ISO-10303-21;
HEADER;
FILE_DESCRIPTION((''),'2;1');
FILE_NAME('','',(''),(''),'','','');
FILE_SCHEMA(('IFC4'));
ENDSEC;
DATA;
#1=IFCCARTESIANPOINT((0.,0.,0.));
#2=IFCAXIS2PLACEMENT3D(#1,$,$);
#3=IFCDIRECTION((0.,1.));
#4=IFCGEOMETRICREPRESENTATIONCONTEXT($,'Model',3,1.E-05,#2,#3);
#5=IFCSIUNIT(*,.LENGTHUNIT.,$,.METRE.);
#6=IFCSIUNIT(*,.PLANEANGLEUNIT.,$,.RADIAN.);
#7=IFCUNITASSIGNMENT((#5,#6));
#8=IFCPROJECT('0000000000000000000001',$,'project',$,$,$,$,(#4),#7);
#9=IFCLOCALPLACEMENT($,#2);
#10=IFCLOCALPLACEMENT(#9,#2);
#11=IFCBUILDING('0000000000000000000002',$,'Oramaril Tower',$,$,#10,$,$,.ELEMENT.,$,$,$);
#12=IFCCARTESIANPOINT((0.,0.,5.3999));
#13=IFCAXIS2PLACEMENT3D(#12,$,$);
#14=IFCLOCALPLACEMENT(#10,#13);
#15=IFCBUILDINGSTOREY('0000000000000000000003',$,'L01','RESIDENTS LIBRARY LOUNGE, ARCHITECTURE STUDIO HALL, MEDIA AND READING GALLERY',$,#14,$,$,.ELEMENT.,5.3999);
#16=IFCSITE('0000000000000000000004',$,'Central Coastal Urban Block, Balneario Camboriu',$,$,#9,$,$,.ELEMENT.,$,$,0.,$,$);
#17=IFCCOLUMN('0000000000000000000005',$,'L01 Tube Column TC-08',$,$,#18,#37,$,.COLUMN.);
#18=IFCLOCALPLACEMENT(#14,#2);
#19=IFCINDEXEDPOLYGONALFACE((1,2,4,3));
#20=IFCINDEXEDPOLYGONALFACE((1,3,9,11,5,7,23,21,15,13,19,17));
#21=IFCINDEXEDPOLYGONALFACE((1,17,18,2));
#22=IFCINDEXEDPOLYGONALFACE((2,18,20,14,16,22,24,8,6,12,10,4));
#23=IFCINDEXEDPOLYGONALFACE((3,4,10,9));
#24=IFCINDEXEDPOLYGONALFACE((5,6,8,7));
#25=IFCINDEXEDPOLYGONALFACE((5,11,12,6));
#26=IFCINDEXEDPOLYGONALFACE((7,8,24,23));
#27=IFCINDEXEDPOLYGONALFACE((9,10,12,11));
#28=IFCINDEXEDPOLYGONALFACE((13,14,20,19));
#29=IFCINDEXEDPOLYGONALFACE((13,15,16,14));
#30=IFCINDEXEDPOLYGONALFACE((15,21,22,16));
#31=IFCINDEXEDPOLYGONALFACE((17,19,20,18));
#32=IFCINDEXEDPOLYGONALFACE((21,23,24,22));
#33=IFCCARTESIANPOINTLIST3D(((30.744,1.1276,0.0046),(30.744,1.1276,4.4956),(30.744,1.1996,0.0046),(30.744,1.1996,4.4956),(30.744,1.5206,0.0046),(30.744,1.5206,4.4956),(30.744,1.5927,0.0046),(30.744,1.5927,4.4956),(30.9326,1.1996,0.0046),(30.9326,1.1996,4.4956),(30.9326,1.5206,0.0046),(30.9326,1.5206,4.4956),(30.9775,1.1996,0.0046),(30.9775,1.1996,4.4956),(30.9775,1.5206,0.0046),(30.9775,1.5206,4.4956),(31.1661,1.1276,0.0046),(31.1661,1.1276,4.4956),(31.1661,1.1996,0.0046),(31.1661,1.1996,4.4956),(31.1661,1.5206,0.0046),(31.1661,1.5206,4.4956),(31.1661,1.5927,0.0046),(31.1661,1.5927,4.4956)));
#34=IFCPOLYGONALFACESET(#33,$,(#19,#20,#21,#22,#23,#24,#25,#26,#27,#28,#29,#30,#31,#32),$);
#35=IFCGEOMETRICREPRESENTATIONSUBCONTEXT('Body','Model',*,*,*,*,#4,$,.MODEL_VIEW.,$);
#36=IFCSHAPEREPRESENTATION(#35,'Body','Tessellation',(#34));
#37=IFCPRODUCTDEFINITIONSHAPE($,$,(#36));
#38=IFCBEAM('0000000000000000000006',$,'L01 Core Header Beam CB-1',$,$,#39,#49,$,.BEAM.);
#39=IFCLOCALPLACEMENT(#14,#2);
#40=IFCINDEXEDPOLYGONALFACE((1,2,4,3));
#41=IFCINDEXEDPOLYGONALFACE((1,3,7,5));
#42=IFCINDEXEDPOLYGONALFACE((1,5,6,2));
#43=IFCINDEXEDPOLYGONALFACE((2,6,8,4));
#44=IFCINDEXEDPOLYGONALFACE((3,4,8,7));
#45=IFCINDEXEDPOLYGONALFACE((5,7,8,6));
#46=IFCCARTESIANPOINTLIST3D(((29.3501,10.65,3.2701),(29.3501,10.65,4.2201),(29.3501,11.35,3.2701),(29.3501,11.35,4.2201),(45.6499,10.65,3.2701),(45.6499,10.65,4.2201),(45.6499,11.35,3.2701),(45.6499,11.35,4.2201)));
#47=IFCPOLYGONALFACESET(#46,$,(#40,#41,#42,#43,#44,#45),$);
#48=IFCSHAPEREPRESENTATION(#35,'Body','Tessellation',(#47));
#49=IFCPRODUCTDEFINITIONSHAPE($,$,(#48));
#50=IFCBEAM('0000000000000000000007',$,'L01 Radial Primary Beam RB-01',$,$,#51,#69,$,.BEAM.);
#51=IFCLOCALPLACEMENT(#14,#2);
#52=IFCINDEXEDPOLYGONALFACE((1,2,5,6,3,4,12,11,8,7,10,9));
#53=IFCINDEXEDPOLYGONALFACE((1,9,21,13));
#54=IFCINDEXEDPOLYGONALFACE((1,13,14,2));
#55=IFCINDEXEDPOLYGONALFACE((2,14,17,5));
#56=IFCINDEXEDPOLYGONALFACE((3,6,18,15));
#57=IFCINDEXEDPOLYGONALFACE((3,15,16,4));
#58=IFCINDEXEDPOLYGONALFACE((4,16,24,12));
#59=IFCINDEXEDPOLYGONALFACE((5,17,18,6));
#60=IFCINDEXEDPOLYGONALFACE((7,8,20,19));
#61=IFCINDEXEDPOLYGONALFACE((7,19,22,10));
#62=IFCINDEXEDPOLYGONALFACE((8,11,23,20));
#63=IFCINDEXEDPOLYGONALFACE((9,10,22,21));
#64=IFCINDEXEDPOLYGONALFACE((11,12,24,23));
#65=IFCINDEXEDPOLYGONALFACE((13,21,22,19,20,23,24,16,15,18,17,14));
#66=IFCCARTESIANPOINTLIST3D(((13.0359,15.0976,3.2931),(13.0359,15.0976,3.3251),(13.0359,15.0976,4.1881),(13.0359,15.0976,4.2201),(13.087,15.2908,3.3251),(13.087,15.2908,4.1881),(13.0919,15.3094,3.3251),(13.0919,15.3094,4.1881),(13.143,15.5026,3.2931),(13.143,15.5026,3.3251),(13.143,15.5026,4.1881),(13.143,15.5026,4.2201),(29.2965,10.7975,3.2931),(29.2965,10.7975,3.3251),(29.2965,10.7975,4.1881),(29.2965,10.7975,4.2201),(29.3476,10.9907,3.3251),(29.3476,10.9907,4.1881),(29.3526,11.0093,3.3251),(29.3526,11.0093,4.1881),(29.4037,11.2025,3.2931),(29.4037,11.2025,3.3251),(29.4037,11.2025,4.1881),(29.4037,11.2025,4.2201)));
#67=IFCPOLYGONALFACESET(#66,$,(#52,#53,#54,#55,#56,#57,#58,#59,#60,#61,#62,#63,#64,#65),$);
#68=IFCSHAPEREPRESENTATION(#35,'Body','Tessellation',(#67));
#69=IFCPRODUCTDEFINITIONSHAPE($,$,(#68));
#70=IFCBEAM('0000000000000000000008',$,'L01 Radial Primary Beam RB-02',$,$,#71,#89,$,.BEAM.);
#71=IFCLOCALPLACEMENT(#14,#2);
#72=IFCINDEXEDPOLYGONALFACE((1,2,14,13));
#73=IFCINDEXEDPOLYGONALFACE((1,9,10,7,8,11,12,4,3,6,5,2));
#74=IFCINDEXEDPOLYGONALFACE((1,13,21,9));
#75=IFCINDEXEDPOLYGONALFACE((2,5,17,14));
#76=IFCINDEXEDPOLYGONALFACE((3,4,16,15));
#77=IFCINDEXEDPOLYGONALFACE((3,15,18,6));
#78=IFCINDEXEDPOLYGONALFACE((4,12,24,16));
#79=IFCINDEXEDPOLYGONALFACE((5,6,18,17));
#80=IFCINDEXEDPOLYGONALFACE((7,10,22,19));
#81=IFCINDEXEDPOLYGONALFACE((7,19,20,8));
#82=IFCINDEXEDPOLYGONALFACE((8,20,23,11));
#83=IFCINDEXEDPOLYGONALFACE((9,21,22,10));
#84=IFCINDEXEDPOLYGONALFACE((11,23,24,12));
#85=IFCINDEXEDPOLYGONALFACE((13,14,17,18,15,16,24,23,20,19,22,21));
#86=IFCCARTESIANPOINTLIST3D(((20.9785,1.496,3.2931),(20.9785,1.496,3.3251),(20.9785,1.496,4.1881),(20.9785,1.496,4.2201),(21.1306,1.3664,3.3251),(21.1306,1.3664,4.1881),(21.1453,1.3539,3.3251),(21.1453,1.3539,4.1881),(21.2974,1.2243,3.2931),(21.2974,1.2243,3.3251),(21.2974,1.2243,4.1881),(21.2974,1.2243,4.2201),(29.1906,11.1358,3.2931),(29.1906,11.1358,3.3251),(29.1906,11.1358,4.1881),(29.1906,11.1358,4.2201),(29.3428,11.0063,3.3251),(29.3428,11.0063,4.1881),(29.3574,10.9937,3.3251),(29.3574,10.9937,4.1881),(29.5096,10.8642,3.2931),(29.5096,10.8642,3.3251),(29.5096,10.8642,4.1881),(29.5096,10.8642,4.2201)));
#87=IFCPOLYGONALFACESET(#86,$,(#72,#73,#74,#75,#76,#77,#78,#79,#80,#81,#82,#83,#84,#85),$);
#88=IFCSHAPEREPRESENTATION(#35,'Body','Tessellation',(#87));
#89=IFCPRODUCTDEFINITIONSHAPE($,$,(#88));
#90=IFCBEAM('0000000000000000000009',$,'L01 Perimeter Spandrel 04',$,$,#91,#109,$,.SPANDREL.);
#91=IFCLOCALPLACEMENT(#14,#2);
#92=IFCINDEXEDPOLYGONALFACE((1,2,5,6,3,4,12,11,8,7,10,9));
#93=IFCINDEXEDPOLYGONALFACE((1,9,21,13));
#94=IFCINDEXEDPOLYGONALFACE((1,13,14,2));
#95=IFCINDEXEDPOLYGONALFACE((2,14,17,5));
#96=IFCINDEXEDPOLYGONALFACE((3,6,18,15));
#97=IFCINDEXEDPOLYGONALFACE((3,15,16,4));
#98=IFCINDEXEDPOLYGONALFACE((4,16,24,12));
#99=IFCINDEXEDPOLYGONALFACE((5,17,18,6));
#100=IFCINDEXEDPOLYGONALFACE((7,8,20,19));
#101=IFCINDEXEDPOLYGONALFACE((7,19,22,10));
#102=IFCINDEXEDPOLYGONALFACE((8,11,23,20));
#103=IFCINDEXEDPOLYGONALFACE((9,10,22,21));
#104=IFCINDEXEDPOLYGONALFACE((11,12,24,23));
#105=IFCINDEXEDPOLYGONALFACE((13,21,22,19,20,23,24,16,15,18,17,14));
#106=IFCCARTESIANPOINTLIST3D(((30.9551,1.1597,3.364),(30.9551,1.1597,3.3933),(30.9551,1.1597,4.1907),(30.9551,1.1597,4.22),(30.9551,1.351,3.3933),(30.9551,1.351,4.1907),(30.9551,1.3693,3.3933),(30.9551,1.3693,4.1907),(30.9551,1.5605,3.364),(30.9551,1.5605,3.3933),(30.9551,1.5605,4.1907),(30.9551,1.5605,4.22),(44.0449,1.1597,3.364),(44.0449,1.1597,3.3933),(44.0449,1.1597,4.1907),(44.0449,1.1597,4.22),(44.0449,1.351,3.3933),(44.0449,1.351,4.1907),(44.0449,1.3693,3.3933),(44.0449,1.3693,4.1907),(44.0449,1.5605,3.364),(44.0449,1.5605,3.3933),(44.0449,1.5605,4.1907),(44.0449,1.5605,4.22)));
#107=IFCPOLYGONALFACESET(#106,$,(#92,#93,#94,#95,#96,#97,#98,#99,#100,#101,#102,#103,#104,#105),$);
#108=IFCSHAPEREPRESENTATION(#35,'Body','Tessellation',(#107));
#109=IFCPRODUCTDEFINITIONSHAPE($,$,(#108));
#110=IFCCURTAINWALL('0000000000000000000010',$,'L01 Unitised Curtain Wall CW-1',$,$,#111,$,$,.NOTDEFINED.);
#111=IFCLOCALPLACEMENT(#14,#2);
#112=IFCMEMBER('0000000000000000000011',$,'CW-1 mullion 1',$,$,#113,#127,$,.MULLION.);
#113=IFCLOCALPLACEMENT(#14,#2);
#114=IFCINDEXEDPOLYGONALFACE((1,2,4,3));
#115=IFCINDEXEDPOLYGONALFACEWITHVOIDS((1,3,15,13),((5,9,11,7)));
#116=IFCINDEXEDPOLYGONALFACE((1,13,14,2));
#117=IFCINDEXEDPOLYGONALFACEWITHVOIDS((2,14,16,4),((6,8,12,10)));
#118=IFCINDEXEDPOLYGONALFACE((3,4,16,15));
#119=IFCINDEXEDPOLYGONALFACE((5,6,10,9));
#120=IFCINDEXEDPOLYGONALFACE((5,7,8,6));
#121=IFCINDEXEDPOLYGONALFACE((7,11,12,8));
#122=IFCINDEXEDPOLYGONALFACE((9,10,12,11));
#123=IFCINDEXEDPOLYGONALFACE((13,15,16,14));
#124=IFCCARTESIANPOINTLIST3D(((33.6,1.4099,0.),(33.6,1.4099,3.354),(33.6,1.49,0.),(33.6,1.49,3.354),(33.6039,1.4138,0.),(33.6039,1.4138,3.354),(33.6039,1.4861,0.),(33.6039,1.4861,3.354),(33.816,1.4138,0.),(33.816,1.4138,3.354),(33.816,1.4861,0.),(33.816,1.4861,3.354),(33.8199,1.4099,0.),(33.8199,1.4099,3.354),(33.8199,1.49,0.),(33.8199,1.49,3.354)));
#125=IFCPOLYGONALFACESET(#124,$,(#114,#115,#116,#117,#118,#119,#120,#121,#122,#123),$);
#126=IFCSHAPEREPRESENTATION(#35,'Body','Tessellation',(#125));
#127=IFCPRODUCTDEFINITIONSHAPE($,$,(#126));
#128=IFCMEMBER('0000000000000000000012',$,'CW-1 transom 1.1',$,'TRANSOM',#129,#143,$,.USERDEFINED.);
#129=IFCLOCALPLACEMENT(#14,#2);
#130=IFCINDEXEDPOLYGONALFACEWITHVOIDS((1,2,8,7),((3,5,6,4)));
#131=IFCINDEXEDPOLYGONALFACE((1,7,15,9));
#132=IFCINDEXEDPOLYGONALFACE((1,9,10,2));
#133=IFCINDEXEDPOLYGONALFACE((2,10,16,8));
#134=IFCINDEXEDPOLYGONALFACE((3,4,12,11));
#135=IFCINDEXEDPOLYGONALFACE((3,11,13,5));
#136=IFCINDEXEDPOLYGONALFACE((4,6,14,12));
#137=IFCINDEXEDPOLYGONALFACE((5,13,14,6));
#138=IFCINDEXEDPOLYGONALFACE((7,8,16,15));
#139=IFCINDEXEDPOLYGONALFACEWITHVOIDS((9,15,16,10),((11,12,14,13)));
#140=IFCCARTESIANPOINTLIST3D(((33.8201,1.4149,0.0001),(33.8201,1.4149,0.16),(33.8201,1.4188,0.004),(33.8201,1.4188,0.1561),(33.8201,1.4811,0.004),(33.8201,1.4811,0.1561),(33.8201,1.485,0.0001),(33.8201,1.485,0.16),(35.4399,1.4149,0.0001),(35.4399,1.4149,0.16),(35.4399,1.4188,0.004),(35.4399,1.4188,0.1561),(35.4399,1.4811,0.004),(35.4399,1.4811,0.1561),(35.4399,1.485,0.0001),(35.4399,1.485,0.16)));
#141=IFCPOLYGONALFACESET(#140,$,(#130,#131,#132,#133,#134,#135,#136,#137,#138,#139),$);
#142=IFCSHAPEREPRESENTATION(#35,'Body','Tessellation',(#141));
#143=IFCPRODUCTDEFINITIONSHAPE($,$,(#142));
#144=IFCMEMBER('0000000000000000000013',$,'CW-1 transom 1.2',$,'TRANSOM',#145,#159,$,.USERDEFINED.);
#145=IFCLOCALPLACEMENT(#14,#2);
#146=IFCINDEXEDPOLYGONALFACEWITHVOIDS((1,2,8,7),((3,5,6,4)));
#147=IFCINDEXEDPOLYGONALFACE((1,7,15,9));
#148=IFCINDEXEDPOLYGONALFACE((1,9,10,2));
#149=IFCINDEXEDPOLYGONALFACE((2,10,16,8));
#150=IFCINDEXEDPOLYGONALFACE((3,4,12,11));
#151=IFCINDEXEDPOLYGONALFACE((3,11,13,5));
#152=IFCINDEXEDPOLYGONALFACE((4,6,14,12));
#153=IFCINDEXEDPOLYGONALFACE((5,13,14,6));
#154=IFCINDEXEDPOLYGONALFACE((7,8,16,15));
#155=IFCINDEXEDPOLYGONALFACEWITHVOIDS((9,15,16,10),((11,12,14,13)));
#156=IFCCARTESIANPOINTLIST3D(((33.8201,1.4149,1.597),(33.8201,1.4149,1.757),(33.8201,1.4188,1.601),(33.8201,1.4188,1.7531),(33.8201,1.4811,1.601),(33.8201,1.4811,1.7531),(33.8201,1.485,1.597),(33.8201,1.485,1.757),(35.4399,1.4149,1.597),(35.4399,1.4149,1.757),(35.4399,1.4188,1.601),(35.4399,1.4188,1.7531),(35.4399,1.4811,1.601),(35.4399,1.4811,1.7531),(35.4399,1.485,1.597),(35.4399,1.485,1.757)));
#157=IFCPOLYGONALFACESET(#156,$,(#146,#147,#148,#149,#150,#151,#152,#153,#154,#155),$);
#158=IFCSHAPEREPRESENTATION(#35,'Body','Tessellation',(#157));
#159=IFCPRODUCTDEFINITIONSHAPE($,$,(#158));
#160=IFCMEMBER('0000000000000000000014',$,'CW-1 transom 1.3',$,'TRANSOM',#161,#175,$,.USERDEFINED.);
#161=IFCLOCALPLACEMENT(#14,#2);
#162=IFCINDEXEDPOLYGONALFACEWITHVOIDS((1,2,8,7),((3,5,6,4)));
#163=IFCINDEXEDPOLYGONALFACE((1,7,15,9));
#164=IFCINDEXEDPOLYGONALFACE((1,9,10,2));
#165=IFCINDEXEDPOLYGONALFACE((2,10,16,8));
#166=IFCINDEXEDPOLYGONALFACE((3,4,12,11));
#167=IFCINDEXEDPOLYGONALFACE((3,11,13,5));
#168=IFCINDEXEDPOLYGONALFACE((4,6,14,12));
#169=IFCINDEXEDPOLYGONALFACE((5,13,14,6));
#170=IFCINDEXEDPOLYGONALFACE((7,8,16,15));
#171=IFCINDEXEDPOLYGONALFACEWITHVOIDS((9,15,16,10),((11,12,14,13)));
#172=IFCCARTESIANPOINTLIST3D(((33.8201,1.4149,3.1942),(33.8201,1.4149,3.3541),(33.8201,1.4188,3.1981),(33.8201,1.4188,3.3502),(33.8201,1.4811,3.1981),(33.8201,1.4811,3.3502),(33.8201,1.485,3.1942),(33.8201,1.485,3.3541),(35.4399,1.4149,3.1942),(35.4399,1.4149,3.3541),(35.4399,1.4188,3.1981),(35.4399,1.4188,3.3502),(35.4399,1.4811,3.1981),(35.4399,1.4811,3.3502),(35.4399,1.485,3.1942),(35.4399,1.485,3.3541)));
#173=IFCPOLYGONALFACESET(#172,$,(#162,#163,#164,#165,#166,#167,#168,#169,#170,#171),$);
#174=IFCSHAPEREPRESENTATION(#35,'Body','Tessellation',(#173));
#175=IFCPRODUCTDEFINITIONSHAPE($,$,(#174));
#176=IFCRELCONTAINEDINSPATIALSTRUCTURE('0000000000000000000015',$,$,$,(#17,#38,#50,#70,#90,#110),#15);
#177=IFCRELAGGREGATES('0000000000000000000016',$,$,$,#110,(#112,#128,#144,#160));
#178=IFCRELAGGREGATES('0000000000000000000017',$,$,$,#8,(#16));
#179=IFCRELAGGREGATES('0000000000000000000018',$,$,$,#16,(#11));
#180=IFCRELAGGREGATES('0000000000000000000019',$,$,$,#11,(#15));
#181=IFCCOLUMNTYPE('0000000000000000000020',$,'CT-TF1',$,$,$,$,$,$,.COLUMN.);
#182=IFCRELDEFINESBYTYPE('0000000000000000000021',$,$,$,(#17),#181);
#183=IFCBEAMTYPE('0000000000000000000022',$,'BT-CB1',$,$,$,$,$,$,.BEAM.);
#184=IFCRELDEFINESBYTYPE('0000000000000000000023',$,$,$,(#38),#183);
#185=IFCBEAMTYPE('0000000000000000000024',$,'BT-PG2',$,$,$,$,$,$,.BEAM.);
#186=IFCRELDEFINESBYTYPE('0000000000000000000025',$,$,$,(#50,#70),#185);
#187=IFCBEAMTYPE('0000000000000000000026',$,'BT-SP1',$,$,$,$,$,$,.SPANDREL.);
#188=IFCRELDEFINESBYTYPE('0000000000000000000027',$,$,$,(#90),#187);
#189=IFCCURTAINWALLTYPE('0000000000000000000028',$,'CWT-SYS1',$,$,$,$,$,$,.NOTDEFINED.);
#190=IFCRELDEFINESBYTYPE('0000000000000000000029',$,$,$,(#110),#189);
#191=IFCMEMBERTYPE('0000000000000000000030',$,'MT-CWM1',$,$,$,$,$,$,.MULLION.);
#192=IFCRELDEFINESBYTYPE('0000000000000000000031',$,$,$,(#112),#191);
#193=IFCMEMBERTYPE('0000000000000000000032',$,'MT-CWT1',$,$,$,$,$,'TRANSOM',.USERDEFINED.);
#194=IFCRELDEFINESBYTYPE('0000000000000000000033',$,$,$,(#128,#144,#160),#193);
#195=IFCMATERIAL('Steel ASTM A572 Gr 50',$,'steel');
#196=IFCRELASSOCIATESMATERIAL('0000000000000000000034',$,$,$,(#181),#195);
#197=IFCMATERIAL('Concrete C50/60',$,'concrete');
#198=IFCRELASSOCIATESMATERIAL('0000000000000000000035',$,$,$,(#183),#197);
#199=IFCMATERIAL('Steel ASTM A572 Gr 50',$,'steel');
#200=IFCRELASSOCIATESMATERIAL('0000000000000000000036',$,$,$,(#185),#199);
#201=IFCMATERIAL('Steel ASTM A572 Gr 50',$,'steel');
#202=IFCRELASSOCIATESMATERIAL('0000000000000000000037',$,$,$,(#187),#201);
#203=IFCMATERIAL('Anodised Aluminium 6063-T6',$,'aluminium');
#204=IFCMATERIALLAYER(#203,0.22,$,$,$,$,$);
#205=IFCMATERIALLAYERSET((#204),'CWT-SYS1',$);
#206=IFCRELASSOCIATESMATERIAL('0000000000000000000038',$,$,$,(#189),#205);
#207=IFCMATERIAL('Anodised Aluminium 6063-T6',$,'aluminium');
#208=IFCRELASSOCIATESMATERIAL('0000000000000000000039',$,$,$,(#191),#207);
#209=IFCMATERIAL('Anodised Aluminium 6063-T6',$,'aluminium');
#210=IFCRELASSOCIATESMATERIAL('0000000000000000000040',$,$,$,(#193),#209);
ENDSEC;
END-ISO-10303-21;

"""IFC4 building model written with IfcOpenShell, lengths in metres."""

from ifc_helpers import new_model, si_unit, direction, frame, origin, origin_2d, place, context, subcontext, project, spatial, rectangle, hollow_rectangle, i_section, extrude, material, layer, layer_set, material_profile, profile_set, type_object, element, aggregate, save


model = new_model("IFC4")

# Units and contexts
model_context = context("Model", 3, precision=1e-05, world=origin(), true_north=direction((0.0, 1.0)))
body_context = subcontext(model_context, "Body", "Model", "MODEL_VIEW")
ifc_project = project(units=[si_unit("LENGTHUNIT", "METRE"), si_unit("PLANEANGLEUNIT", "RADIAN")], contexts=[model_context])

# Site, building, storey
site_placement = place(None, origin())
site = spatial("IfcSite", under=ifc_project, at=site_placement, Name="Central Coastal Urban Block, Balneario Camboriu", CompositionType="ELEMENT", RefElevation=0.0)
building_placement = place(site_placement, origin())
building = spatial("IfcBuilding", under=site, at=building_placement, Name="Oramaril Tower", CompositionType="ELEMENT")
storey_placement = place(building_placement, frame((0.0, 0.0, 5.3999)))
storey = spatial("IfcBuildingStorey", under=building, at=storey_placement, Name="L01", Description="RESIDENTS LIBRARY LOUNGE, ARCHITECTURE STUDIO HALL, MEDIA AND READING GALLERY", CompositionType="ELEMENT", Elevation=5.3999)

# Column
ifc_material_1 = material(Name="Steel ASTM A572 Gr 50", Category="steel")
ifc_material_profile_1 = material_profile(ifc_material_1, i_section(OverallWidth=0.4221, OverallDepth=0.4651, WebThickness=0.0449, FlangeThickness=0.072, at=origin_2d()), Name="W14X398")
ifc_profile_set_1 = profile_set([ifc_material_profile_1], Name="Steel ASTM A572 Gr 50")
column_type = type_object("IfcColumnType", Name="CT-TF1", PredefinedType="COLUMN", material=ifc_profile_set_1)
column_placement = place(storey_placement, frame((30.9551, 1.3601, 0.0046), z_axis=(0.0, 0.0, 1.0), x_axis=(1.0, 0.0, 0.0)))
element("IfcColumn", 1, at=column_placement, inside=storey, type_object=column_type, Name="L01 Tube Column TC-08", PredefinedType="COLUMN", context=body_context, shape_type="SweptSolid", body=[
    extrude(i_section(OverallWidth=0.4221, OverallDepth=0.4651, WebThickness=0.0449, FlangeThickness=0.072, at=origin_2d()), origin(), (0.0, 0.0, 1.0), 4.491),
])

# Beams
ifc_material_2 = material(Name="Concrete C50/60", Category="concrete")
ifc_material_profile_2 = material_profile(ifc_material_2, rectangle(XDim=0.7, YDim=0.95, at=origin_2d()), Name="CB700X950")
ifc_profile_set_2 = profile_set([ifc_material_profile_2], Name="Concrete C50/60")
beam_type_1 = type_object("IfcBeamType", Name="BT-CB1", PredefinedType="BEAM", material=ifc_profile_set_2)
beam_1_placement = place(storey_placement, frame((29.3501, 11.0, 3.7451), z_axis=(1.0, 0.0, 0.0), x_axis=(0.0, 1.0, 0.0)))
element("IfcBeam", 2, at=beam_1_placement, inside=storey, type_object=beam_type_1, Name="L01 Core Header Beam CB-1", PredefinedType="BEAM", context=body_context, shape_type="SweptSolid", body=[
    extrude(rectangle(XDim=0.7, YDim=0.95, at=origin_2d()), origin(), (0.0, 0.0, 1.0), 16.2998),
])
ifc_material_3 = material(Name="Steel ASTM A572 Gr 50", Category="steel")
ifc_material_profile_3 = material_profile(ifc_material_3, i_section(OverallWidth=0.4189, OverallDepth=0.927, WebThickness=0.0193, FlangeThickness=0.032, at=origin_2d()), Name="W36X231")
ifc_profile_set_3 = profile_set([ifc_material_profile_3], Name="Steel ASTM A572 Gr 50")
beam_type_2 = type_object("IfcBeamType", Name="BT-PG2", PredefinedType="BEAM", material=ifc_profile_set_3)
beam_2_placement = place(storey_placement, frame((29.3501, 11.0, 3.7566), z_axis=(-0.966767, 0.255659, 0.0), x_axis=(-0.255659, -0.966767, 0.0)))
element("IfcBeam", 3, at=beam_2_placement, inside=storey, type_object=beam_type_2, Name="L01 Radial Primary Beam RB-01", PredefinedType="BEAM", context=body_context, shape_type="SweptSolid", body=[
    extrude(i_section(OverallWidth=0.4189, OverallDepth=0.927, WebThickness=0.0193, FlangeThickness=0.032, at=origin_2d()), origin(), (0.0, 0.0, 1.0), 16.8196),
])
beam_3_placement = place(storey_placement, frame((29.3501, 11.0, 3.7566), z_axis=(-0.648485, -0.761228, 0.0), x_axis=(0.761228, -0.648485, 0.0)))
element("IfcBeam", 4, at=beam_3_placement, inside=storey, type_object=beam_type_2, Name="L01 Radial Primary Beam RB-02", PredefinedType="BEAM", context=body_context, shape_type="SweptSolid", body=[
    extrude(i_section(OverallWidth=0.4189, OverallDepth=0.927, WebThickness=0.0193, FlangeThickness=0.032, at=origin_2d()), origin(), (0.0, 0.0, 1.0), 12.6636),
])
ifc_material_4 = material(Name="Steel ASTM A572 Gr 50", Category="steel")
ifc_material_profile_4 = material_profile(ifc_material_4, i_section(OverallWidth=0.4009, OverallDepth=0.856, WebThickness=0.0183, FlangeThickness=0.0293, at=origin_2d()), Name="W33X201")
ifc_profile_set_4 = profile_set([ifc_material_profile_4], Name="Steel ASTM A572 Gr 50")
beam_type_3 = type_object("IfcBeamType", Name="BT-SP1", PredefinedType="SPANDREL", material=ifc_profile_set_4)
beam_4_placement = place(storey_placement, frame((30.9551, 1.3601, 3.792), z_axis=(1.0, 0.0, 0.0), x_axis=(0.0, 1.0, 0.0)))
element("IfcBeam", 5, at=beam_4_placement, inside=storey, type_object=beam_type_3, Name="L01 Perimeter Spandrel 04", PredefinedType="SPANDREL", context=body_context, shape_type="SweptSolid", body=[
    extrude(i_section(OverallWidth=0.4009, OverallDepth=0.856, WebThickness=0.0183, FlangeThickness=0.0293, at=origin_2d()), origin(), (0.0, 0.0, 1.0), 13.0898),
])

# Curtain wall, members
ifc_material_5 = material(Name="Anodised Aluminium 6063-T6", Category="aluminium")
ifc_layer_1 = layer(ifc_material_5, 0.22)
ifc_layer_set_1 = layer_set([ifc_layer_1], Name="CWT-SYS1")
curtain_wall_type = type_object("IfcCurtainWallType", Name="CWT-SYS1", PredefinedType="NOTDEFINED", material=ifc_layer_set_1)
curtain_wall_placement = place(storey_placement, origin())
curtain_wall = element("IfcCurtainWall", 6, at=curtain_wall_placement, inside=storey, type_object=curtain_wall_type, Name="L01 Unitised Curtain Wall CW-1", PredefinedType="NOTDEFINED")
ifc_material_6 = material(Name="Anodised Aluminium 6063-T6", Category="aluminium")
ifc_material_profile_5 = material_profile(ifc_material_6, hollow_rectangle(XDim=0.0801, YDim=0.22, WallThickness=0.0039, at=origin_2d()), Name="CWM220X80")
ifc_profile_set_5 = profile_set([ifc_material_profile_5], Name="Anodised Aluminium 6063-T6")
member_type_1 = type_object("IfcMemberType", Name="MT-CWM1", PredefinedType="MULLION", material=ifc_profile_set_5)
member_1_placement = place(storey_placement, frame((33.71, 1.45, 0.0), z_axis=(0.0, 0.0, 1.0), x_axis=(0.0, 1.0, 0.0)))
member_1 = element("IfcMember", 7, at=member_1_placement, type_object=member_type_1, Name="CW-1 mullion 1", PredefinedType="MULLION", context=body_context, shape_type="SweptSolid", body=[
    extrude(hollow_rectangle(XDim=0.0801, YDim=0.22, WallThickness=0.0039, at=origin_2d()), origin(), (0.0, 0.0, 1.0), 3.354),
])
ifc_material_7 = material(Name="Anodised Aluminium 6063-T6", Category="aluminium")
ifc_material_profile_6 = material_profile(ifc_material_7, hollow_rectangle(XDim=0.0701, YDim=0.1599, WallThickness=0.0039, at=origin_2d()), Name="CWT160X70")
ifc_profile_set_6 = profile_set([ifc_material_profile_6], Name="Anodised Aluminium 6063-T6")
member_type_2 = type_object("IfcMemberType", Name="MT-CWT1", ElementType="TRANSOM", PredefinedType="USERDEFINED", material=ifc_profile_set_6)
member_2_placement = place(storey_placement, frame((33.8201, 1.45, 0.0801), z_axis=(1.0, 0.0, 0.0), x_axis=(0.0, 1.0, 0.0)))
member_2 = element("IfcMember", 8, at=member_2_placement, type_object=member_type_2, Name="CW-1 transom 1.1", ObjectType="TRANSOM", PredefinedType="USERDEFINED", context=body_context, shape_type="SweptSolid", body=[
    extrude(hollow_rectangle(XDim=0.0701, YDim=0.1599, WallThickness=0.0039, at=origin_2d()), origin(), (0.0, 0.0, 1.0), 1.6199),
])
member_3_placement = place(storey_placement, frame((33.8201, 1.45, 1.677), z_axis=(1.0, 0.0, 0.0), x_axis=(0.0, 1.0, 0.0)))
member_3 = element("IfcMember", 9, at=member_3_placement, type_object=member_type_2, Name="CW-1 transom 1.2", ObjectType="TRANSOM", PredefinedType="USERDEFINED", context=body_context, shape_type="SweptSolid", body=[
    extrude(hollow_rectangle(XDim=0.0701, YDim=0.1599, WallThickness=0.0039, at=origin_2d()), origin(), (0.0, 0.0, 1.0), 1.6199),
])
member_4_placement = place(storey_placement, frame((33.8201, 1.45, 3.2742), z_axis=(1.0, 0.0, 0.0), x_axis=(0.0, 1.0, 0.0)))
member_4 = element("IfcMember", 10, at=member_4_placement, type_object=member_type_2, Name="CW-1 transom 1.3", ObjectType="TRANSOM", PredefinedType="USERDEFINED", context=body_context, shape_type="SweptSolid", body=[
    extrude(hollow_rectangle(XDim=0.0701, YDim=0.1599, WallThickness=0.0039, at=origin_2d()), origin(), (0.0, 0.0, 1.0), 1.6199),
])
aggregate(curtain_wall, [member_1, member_2, member_3, member_4])

save(model, "model.ifc")
